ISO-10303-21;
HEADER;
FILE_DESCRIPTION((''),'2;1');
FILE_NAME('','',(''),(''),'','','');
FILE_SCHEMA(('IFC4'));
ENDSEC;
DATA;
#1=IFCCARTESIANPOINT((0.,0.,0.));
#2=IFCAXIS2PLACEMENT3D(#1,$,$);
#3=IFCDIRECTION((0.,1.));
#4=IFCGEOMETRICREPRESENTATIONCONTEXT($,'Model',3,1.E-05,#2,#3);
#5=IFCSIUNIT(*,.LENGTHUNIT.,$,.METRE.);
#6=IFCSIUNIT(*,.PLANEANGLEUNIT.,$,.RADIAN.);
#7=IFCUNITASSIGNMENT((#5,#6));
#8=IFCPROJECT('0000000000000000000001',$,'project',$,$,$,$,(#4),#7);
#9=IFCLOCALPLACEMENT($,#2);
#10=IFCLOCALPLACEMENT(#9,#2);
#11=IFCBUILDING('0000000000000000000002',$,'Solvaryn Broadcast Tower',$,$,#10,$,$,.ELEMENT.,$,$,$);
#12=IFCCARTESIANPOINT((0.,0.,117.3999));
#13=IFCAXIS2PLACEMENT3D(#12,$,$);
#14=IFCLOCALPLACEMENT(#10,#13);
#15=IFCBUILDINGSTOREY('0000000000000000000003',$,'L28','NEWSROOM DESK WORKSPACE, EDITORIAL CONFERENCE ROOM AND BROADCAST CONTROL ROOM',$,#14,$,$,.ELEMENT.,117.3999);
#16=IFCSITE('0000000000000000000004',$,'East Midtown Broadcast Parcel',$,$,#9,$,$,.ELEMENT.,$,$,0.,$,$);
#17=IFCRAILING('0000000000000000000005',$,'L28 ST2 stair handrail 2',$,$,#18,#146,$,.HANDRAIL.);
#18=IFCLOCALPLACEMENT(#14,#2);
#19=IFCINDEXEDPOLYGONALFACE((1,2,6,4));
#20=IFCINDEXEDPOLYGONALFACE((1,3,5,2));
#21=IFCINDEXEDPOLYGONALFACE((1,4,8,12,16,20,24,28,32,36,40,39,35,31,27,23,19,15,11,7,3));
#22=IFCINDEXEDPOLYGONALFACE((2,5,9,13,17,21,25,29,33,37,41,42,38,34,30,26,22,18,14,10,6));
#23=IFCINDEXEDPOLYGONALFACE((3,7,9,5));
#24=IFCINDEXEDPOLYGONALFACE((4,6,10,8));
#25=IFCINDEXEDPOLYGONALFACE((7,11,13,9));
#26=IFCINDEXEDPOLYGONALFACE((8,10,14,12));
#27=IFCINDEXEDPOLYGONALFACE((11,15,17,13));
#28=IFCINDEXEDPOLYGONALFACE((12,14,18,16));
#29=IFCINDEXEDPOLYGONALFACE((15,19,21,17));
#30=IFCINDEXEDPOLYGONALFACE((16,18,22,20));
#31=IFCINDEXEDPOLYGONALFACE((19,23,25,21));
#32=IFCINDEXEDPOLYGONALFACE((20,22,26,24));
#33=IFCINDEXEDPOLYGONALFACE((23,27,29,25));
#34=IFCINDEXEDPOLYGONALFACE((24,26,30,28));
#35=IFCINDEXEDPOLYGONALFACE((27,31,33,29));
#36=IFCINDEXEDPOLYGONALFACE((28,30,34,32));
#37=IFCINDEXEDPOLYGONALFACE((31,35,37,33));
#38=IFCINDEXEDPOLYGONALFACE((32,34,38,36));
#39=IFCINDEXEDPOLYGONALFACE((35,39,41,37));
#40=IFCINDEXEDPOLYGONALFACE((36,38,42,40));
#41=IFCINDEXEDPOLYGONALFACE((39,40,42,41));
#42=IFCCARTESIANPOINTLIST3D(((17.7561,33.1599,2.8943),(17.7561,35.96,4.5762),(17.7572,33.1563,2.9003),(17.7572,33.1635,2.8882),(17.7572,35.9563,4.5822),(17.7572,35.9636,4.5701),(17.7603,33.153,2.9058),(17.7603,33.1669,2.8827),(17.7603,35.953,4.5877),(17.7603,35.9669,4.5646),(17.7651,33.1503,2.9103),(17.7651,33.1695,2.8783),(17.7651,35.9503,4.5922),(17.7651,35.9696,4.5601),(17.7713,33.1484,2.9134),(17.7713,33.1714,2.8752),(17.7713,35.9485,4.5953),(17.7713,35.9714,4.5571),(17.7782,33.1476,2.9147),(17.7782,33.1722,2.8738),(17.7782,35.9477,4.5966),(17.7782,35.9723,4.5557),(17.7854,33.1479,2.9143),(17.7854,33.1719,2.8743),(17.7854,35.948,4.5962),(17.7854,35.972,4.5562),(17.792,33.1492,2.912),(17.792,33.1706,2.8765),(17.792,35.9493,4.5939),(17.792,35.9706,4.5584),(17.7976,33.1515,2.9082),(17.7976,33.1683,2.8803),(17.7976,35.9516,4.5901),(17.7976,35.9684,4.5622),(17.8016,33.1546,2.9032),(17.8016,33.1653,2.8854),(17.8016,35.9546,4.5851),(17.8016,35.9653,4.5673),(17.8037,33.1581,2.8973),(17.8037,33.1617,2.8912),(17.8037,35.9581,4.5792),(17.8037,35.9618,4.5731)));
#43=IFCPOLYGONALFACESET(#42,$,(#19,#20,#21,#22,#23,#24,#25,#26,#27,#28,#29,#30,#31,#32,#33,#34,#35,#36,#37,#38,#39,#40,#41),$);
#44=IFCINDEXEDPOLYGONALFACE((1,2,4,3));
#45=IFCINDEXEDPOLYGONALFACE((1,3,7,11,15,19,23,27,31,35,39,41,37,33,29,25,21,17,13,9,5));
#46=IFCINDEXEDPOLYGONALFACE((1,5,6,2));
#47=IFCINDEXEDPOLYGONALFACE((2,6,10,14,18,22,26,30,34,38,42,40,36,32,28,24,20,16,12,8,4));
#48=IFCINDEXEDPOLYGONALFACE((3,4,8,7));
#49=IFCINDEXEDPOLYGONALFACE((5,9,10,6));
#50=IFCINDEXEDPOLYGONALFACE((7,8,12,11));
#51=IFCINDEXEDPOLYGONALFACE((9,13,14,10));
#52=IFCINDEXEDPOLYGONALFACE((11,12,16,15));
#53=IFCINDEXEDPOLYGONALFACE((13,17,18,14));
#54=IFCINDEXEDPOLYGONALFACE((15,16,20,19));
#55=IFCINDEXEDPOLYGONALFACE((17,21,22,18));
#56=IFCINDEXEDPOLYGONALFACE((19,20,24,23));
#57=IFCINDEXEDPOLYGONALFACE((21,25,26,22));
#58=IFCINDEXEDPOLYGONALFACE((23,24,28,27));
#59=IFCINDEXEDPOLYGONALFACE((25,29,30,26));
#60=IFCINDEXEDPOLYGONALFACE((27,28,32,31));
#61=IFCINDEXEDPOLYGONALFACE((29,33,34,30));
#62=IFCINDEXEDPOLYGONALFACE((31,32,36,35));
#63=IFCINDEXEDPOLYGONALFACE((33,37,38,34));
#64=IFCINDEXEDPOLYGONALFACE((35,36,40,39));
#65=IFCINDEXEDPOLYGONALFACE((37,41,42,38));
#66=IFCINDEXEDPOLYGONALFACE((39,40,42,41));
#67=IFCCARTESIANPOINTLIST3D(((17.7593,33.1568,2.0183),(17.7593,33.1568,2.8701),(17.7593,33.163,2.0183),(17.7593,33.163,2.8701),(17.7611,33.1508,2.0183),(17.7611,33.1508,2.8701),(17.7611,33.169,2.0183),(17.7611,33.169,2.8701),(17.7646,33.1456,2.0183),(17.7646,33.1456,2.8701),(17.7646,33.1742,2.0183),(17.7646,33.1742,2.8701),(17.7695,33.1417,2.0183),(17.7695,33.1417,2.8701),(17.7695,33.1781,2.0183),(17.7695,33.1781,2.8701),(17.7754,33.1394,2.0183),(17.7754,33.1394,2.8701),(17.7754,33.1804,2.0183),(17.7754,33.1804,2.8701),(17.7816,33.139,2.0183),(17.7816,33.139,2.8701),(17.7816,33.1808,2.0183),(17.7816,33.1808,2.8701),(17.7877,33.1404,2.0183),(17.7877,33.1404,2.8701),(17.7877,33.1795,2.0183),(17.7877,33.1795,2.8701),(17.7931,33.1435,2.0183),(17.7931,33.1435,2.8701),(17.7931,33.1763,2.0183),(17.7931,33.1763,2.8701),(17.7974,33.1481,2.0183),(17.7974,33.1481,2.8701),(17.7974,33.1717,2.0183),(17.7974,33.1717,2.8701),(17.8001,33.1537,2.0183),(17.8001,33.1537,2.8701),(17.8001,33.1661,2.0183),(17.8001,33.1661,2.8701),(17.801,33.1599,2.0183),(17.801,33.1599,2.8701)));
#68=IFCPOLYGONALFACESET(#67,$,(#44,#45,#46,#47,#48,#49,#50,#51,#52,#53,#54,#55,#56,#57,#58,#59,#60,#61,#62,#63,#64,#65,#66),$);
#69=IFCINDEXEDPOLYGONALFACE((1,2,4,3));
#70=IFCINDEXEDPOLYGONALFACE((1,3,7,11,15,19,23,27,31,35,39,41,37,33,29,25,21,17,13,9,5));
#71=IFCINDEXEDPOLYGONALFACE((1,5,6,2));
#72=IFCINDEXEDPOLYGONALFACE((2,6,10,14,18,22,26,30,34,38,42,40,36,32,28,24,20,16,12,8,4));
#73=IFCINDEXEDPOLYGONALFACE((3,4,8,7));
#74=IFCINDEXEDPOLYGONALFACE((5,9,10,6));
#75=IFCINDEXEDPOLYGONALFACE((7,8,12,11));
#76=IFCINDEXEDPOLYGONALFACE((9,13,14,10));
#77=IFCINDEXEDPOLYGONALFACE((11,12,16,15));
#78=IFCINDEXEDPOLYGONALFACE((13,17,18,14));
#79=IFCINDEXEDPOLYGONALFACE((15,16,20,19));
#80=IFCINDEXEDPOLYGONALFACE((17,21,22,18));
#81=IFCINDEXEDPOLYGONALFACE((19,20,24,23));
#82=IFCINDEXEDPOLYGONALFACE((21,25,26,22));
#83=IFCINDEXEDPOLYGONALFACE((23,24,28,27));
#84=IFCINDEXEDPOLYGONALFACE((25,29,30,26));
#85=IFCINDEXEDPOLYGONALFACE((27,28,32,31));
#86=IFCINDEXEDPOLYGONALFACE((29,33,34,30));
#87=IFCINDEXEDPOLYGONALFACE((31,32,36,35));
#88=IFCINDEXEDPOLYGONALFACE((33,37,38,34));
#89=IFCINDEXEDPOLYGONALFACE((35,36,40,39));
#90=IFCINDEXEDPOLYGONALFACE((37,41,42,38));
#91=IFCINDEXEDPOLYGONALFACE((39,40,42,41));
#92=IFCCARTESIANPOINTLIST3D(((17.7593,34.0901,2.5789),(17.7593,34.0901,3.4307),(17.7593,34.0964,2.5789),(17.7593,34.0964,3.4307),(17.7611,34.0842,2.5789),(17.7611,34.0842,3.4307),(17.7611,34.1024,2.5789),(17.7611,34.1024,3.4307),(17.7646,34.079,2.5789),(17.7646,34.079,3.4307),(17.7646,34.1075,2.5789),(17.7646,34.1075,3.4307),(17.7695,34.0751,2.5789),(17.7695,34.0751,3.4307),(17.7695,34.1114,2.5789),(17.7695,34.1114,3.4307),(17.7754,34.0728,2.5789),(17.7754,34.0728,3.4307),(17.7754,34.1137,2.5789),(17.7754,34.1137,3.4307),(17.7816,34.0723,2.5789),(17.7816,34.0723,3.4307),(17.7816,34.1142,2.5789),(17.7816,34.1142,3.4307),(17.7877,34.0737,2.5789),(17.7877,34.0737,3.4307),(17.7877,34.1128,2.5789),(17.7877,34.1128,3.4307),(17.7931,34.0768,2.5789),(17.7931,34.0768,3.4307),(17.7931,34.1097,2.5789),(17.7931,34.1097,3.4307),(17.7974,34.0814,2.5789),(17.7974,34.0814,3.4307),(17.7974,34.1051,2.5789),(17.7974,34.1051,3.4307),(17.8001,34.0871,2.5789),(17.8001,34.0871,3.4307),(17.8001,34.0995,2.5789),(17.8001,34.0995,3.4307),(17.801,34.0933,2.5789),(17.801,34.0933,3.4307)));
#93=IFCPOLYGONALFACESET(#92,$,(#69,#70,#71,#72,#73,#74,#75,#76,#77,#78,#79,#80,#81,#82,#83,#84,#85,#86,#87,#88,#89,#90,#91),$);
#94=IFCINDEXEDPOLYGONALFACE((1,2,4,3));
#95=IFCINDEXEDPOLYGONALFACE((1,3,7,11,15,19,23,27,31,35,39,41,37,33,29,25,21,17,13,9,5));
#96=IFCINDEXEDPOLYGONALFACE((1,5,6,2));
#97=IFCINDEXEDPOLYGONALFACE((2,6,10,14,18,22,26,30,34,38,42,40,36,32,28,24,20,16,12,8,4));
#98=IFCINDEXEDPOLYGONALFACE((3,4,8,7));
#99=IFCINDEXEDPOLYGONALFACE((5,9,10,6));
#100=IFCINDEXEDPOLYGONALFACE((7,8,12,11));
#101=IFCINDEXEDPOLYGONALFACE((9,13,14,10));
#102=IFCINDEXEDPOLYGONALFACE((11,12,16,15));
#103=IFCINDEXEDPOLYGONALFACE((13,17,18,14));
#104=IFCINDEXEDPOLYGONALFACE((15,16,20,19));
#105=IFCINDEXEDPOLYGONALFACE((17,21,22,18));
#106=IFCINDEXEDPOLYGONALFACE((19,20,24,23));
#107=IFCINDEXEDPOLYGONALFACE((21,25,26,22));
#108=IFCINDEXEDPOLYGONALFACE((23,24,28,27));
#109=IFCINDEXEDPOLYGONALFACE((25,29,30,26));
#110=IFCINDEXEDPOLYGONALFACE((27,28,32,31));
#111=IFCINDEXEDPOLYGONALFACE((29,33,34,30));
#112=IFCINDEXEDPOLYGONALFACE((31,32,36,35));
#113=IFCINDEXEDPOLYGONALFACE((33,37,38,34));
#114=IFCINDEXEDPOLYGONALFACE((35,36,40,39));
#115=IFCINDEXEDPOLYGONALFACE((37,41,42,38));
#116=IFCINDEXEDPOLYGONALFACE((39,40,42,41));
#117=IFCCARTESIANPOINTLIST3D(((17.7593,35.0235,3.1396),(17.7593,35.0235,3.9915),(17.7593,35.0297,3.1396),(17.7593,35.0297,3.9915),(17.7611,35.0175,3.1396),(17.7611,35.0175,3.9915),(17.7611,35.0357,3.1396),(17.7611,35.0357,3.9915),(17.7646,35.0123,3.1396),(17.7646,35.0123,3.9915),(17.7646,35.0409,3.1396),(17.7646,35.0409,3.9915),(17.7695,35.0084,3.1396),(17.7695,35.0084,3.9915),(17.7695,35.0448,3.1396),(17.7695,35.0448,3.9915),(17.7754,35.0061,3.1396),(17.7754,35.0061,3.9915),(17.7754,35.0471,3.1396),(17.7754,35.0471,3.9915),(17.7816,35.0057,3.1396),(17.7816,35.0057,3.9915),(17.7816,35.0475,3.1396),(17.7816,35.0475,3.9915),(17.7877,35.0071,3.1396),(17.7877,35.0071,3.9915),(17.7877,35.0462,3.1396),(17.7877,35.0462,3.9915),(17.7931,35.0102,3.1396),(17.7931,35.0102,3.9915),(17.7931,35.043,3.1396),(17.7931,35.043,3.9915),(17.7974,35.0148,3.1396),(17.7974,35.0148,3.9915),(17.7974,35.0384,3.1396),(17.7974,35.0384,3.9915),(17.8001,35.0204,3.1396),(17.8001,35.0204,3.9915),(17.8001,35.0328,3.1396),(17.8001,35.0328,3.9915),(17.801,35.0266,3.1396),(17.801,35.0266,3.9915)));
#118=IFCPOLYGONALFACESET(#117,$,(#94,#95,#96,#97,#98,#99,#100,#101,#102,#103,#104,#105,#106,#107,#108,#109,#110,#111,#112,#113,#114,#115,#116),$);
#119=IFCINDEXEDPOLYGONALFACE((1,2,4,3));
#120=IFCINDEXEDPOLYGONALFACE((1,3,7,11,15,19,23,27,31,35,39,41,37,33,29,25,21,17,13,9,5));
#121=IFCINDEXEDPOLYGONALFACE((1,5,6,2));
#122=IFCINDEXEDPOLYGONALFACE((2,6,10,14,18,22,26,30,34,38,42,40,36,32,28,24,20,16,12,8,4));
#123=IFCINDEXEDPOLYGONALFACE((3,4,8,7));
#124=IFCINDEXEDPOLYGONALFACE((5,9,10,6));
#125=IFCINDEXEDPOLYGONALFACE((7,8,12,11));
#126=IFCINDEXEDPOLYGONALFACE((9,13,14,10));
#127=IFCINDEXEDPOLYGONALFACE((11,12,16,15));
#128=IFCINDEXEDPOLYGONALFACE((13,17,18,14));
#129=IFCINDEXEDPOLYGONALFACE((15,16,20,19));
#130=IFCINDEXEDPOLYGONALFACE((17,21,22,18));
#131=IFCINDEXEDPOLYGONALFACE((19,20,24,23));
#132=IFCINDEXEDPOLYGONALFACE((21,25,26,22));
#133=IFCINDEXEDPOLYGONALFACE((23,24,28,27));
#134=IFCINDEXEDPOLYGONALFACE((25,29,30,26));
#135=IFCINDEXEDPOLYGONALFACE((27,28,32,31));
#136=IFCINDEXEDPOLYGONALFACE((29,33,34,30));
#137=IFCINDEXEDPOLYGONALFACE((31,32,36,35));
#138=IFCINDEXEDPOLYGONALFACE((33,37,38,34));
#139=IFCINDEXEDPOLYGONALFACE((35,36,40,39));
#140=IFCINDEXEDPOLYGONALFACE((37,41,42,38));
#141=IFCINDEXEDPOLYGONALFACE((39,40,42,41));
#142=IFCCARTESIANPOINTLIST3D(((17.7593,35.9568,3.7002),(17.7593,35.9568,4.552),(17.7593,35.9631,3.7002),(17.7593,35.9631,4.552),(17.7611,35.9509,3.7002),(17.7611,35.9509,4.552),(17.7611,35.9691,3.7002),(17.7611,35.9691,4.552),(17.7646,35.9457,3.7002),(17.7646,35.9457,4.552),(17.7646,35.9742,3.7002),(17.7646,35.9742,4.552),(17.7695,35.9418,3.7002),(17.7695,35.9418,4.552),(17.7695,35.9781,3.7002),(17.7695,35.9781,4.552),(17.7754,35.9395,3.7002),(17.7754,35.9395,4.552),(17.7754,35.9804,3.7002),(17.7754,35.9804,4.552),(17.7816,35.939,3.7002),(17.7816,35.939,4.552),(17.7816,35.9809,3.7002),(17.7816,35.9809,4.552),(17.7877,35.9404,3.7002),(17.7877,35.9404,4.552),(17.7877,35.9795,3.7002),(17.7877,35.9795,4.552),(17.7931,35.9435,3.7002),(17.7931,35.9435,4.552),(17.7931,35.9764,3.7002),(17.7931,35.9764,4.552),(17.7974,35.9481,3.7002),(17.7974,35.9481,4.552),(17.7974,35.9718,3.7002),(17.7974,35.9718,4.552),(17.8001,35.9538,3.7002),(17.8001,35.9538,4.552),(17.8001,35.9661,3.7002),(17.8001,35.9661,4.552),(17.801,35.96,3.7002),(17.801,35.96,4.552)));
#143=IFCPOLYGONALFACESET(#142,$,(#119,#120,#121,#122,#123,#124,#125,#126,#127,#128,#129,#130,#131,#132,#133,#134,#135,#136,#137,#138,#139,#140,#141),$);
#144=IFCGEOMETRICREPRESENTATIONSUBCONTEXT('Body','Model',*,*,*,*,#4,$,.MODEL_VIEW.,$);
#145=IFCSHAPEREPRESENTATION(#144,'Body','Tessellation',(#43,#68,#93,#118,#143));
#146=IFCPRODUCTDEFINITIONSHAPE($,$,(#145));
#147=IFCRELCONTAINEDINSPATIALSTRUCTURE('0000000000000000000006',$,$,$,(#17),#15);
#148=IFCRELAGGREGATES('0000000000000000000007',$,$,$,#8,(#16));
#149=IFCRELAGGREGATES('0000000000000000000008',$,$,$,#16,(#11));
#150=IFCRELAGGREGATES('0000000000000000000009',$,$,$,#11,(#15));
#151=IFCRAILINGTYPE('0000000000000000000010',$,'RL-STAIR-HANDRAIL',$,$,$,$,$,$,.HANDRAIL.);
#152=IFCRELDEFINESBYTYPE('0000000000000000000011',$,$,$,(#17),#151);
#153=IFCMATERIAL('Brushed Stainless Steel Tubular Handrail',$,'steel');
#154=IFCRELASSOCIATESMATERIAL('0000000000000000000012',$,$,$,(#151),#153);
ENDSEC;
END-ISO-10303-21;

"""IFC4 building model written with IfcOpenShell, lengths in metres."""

from ifc_helpers import new_model, si_unit, direction, frame, origin, origin_2d, place, context, subcontext, project, spatial, circle, extrude, material, type_object, element, save


model = new_model("IFC4")

# Units and contexts
model_context = context("Model", 3, precision=1e-05, world=origin(), true_north=direction((0.0, 1.0)))
body_context = subcontext(model_context, "Body", "Model", "MODEL_VIEW")
ifc_project = project(units=[si_unit("LENGTHUNIT", "METRE"), si_unit("PLANEANGLEUNIT", "RADIAN")], contexts=[model_context])

# Site, building, storey
site_placement = place(None, origin())
site = spatial("IfcSite", under=ifc_project, at=site_placement, Name="East Midtown Broadcast Parcel", CompositionType="ELEMENT", RefElevation=0.0)
building_placement = place(site_placement, origin())
building = spatial("IfcBuilding", under=site, at=building_placement, Name="Solvaryn Broadcast Tower", CompositionType="ELEMENT")
storey_placement = place(building_placement, frame((0.0, 0.0, 117.3999)))
storey = spatial("IfcBuildingStorey", under=building, at=storey_placement, Name="L28", Description="NEWSROOM DESK WORKSPACE, EDITORIAL CONFERENCE ROOM AND BROADCAST CONTROL ROOM", CompositionType="ELEMENT", Elevation=117.3999)

# Railing
ifc_material_1 = material(Name="Brushed Stainless Steel Tubular Handrail", Category="steel")
railing_type_1 = type_object("IfcRailingType", Name="RL-STAIR-HANDRAIL", PredefinedType="HANDRAIL", material=ifc_material_1)
railing_1_placement = place(storey_placement, frame((17.78, 33.1599, 2.0183)))
element("IfcRailing", 1, at=railing_1_placement, inside=storey, type_object=railing_type_1, Name="L28 ST2 stair handrail 2", PredefinedType="HANDRAIL", context=body_context, shape_type="SweptSolid", body=[
    extrude(circle(Radius=0.0239, at=origin_2d()), frame((0.0, 0.0, 0.876), z_axis=(0.0, 0.857242, 0.514913), x_axis=(-1.0, 0.0, 0.0)), (0.0, 0.0, 1.0), 3.2664),
    extrude(circle(Radius=0.021, at=origin_2d()), origin(), (0.0, 0.0, 1.0), 0.8518),
    extrude(circle(Radius=0.021, at=origin_2d()), frame((0.0, 0.9333, 0.5605)), (0.0, 0.0, 1.0), 0.8518),
    extrude(circle(Radius=0.021, at=origin_2d()), frame((0.0, 1.8667, 1.1213)), (0.0, 0.0, 1.0), 0.8518),
    extrude(circle(Radius=0.021, at=origin_2d()), frame((0.0, 2.8, 1.6819)), (0.0, 0.0, 1.0), 0.8518),
])

save(model, "model.ifc")
